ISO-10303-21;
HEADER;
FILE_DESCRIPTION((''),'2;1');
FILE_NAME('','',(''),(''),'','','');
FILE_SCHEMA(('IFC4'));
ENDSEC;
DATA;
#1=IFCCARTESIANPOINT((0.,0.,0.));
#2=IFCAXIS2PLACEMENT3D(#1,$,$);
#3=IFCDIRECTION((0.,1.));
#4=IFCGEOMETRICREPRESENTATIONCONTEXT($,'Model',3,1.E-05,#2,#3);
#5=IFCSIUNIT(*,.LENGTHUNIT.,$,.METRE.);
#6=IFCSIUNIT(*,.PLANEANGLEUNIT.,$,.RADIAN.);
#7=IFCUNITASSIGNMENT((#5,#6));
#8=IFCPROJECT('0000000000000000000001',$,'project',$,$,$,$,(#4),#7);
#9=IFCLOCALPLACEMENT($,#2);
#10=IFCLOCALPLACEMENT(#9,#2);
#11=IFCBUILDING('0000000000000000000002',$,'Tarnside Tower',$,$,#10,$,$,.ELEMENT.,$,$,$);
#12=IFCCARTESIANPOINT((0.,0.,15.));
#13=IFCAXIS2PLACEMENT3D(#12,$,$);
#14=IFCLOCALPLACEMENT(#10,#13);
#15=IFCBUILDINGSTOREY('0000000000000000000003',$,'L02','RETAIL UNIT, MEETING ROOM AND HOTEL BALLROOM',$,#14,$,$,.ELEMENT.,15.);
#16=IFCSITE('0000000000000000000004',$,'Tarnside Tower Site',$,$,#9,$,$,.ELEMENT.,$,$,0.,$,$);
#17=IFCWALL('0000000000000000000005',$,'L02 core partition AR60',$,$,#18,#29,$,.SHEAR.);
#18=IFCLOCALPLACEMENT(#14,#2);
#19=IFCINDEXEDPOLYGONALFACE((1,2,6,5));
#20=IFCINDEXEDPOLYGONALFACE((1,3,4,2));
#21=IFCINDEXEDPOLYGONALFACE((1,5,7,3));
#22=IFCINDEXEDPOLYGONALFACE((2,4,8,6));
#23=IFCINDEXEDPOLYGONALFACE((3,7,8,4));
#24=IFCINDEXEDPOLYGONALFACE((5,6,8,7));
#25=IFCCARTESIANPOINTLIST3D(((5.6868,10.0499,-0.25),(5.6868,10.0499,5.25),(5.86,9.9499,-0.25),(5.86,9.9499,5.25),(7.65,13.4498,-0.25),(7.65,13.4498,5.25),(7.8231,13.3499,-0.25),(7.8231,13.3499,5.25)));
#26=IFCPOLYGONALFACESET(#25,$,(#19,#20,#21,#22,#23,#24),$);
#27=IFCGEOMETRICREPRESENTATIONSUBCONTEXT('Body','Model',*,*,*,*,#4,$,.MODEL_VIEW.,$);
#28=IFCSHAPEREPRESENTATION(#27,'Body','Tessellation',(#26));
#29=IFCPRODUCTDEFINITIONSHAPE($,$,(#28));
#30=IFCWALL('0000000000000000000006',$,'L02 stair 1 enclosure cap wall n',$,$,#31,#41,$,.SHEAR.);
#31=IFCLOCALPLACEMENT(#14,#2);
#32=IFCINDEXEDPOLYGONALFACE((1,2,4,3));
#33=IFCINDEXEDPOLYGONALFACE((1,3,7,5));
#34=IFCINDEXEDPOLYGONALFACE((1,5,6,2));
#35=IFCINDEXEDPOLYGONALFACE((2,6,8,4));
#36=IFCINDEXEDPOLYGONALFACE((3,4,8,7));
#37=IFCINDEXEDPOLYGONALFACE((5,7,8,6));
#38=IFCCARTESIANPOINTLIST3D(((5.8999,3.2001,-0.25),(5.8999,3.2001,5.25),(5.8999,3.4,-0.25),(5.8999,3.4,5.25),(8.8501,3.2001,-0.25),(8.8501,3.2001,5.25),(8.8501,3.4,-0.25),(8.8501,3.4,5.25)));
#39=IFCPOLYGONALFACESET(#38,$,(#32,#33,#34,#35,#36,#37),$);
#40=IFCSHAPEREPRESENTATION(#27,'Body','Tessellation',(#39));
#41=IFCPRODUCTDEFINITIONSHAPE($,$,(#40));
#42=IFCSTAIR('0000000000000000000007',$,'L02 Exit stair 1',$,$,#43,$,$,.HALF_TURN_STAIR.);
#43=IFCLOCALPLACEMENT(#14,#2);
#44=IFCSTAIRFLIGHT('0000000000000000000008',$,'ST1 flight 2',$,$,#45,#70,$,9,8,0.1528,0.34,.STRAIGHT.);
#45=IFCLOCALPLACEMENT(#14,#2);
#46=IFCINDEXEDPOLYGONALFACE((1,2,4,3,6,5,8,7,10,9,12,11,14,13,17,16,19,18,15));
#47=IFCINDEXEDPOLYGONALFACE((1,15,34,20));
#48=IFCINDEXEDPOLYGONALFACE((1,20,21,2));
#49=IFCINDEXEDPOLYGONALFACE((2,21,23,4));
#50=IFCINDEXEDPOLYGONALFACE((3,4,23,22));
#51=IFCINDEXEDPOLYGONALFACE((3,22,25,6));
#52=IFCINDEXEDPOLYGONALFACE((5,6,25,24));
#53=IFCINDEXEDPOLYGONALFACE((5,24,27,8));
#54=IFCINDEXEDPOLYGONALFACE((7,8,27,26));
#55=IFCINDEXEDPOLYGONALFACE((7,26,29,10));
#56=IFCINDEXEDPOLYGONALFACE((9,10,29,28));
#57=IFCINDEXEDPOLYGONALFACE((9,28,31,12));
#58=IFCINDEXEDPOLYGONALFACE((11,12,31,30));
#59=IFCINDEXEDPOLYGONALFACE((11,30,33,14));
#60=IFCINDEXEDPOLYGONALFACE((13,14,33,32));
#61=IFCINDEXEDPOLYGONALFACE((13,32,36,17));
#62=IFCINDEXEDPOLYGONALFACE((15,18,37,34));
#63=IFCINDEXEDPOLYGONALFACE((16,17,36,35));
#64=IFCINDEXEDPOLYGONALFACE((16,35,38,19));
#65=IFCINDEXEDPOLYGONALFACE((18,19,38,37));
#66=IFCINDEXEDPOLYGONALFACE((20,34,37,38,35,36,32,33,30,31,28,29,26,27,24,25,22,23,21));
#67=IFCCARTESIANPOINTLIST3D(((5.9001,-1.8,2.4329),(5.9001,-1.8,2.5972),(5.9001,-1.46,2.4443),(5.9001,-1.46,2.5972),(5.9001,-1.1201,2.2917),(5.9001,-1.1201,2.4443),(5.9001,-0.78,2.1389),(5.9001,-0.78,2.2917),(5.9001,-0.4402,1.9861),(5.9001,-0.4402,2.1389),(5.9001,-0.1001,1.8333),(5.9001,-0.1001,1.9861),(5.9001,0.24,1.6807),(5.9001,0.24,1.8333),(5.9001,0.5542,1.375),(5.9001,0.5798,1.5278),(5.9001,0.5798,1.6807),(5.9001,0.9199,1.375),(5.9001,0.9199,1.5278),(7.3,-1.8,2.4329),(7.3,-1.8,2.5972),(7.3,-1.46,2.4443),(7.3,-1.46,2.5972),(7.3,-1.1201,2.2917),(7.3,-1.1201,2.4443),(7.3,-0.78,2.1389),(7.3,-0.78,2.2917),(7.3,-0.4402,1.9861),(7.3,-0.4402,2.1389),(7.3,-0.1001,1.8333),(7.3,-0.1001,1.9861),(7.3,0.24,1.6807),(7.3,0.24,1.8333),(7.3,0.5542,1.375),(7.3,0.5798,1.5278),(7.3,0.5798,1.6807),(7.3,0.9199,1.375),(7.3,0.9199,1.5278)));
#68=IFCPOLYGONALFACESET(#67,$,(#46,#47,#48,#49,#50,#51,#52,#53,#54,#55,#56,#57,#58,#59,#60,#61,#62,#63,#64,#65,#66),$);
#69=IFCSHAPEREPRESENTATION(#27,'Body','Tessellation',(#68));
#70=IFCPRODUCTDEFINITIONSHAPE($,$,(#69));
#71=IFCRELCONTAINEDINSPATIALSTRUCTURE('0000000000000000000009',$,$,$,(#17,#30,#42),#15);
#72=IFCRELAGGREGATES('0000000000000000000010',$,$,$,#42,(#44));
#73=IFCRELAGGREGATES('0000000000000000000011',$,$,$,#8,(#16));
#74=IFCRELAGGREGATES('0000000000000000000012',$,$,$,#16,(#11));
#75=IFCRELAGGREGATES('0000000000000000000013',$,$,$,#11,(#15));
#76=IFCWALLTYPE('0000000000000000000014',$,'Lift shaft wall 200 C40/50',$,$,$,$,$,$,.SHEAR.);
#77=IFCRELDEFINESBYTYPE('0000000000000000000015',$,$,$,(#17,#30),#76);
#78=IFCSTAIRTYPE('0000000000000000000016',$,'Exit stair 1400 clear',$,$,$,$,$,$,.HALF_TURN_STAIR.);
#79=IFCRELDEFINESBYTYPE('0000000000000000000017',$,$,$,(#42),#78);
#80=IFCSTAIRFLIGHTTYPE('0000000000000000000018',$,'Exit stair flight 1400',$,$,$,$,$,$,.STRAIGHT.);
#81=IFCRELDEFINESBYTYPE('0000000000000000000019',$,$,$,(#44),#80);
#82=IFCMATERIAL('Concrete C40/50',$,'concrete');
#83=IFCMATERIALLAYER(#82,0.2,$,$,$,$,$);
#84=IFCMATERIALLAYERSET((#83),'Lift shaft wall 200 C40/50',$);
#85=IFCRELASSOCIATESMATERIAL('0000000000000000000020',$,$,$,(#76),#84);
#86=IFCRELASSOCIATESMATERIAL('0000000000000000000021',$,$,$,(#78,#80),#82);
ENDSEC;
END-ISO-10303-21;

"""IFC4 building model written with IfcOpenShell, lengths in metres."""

from ifc_helpers import new_model, si_unit, direction, frame, frame_2d, origin, place, context, subcontext, project, spatial, polyline, rectangle, outline, extrude, material, layer, layer_set, type_object, element, aggregate, save


model = new_model("IFC4")

# Units and contexts
model_context = context("Model", 3, precision=1e-05, world=origin(), true_north=direction((0.0, 1.0)))
body_context = subcontext(model_context, "Body", "Model", "MODEL_VIEW")
ifc_project = project(units=[si_unit("LENGTHUNIT", "METRE"), si_unit("PLANEANGLEUNIT", "RADIAN")], contexts=[model_context])

# Site, building, storey
site_placement = place(None, origin())
site = spatial("IfcSite", under=ifc_project, at=site_placement, Name="Tarnside Tower Site", CompositionType="ELEMENT", RefElevation=0.0)
building_placement = place(site_placement, origin())
building = spatial("IfcBuilding", under=site, at=building_placement, Name="Tarnside Tower", CompositionType="ELEMENT")
storey_placement = place(building_placement, frame((0.0, 0.0, 15.0)))
storey = spatial("IfcBuildingStorey", under=building, at=storey_placement, Name="L02", Description="RETAIL UNIT, MEETING ROOM AND HOTEL BALLROOM", CompositionType="ELEMENT", Elevation=15.0)

# Shared definitions
ifc_material_1 = material(Name="Concrete C40/50", Category="concrete")

# Walls
ifc_layer_1 = layer(ifc_material_1, 0.2)
ifc_layer_set_1 = layer_set([ifc_layer_1], Name="Lift shaft wall 200 C40/50")
wall_type_1 = type_object("IfcWallType", Name="Lift shaft wall 200 C40/50", PredefinedType="SHEAR", material=ifc_layer_set_1)
wall_1_placement = place(storey_placement, frame((5.7734, 10.0, -0.25), z_axis=(0.0, 0.0, 1.0), x_axis=(0.500038, 0.866003, 0.0)))
element("IfcWall", 1, at=wall_1_placement, inside=storey, type_object=wall_type_1, Name="L02 core partition AR60", PredefinedType="SHEAR", context=body_context, shape_type="SweptSolid", body=[
    extrude(rectangle(XDim=3.926, YDim=0.2, at=frame_2d((1.9629, 0.0))), origin(), (0.0, 0.0, 1.0), 5.5),
])
wall_2_placement = place(storey_placement, frame((5.8999, 3.3, -0.25), z_axis=(0.0, 0.0, 1.0), x_axis=(1.0, 0.0, 0.0)))
element("IfcWall", 2, at=wall_2_placement, inside=storey, type_object=wall_type_1, Name="L02 stair 1 enclosure cap wall n", PredefinedType="SHEAR", context=body_context, shape_type="SweptSolid", body=[
    extrude(rectangle(XDim=2.9502, YDim=0.2, at=frame_2d((1.4751, 0.0))), origin(), (0.0, 0.0, 1.0), 5.5),
])

# Stair, stair flight
stair_type_1 = type_object("IfcStairType", Name="Exit stair 1400 clear", PredefinedType="HALF_TURN_STAIR", material=ifc_material_1)
stair_1_placement = place(storey_placement, origin())
stair_1 = element("IfcStair", 3, at=stair_1_placement, inside=storey, type_object=stair_type_1, Name="L02 Exit stair 1", PredefinedType="HALF_TURN_STAIR")
stair_flight_type = type_object("IfcStairFlightType", Name="Exit stair flight 1400", PredefinedType="STRAIGHT", material=ifc_material_1)
stair_flight_placement = place(storey_placement, frame((6.6001, 0.9199, 1.375), z_axis=(0.0, 0.0, 1.0), x_axis=(0.0, -1.0, 0.0)))
stair_flight = element("IfcStairFlight", 4, at=stair_flight_placement, type_object=stair_flight_type, Name="ST1 flight 2", NumberOfRisers=9, NumberOfTreads=8, PredefinedType="STRAIGHT", RiserHeight=0.1528, TreadLength=0.34, context=body_context, shape_type="SweptSolid", body=[
    extrude(outline(polyline([(0.0, 0.0), (0.0, 0.1528), (0.3401, 0.1528), (0.3401, 0.3057), (0.6799, 0.3057), (0.6799, 0.4583), (1.02, 0.4583), (1.02, 0.6111), (1.3601, 0.6111), (1.3601, 0.7639), (1.7, 0.7639), (1.7, 0.9167), (2.04, 0.9167), (2.04, 1.0693), (2.3799, 1.0693), (2.3799, 1.2222), (2.72, 1.2222), (2.72, 1.375), (2.72, 1.0579), (0.3657, 0.0), (0.0, 0.0)])), frame((0.0, 0.7, 0.0), z_axis=(0.0, -1.0, 0.0), x_axis=(1.0, 0.0, 0.0)), (0.0, 0.0, 1.0), 1.3999),
])
aggregate(stair_1, [stair_flight])

save(model, "model.ifc")
